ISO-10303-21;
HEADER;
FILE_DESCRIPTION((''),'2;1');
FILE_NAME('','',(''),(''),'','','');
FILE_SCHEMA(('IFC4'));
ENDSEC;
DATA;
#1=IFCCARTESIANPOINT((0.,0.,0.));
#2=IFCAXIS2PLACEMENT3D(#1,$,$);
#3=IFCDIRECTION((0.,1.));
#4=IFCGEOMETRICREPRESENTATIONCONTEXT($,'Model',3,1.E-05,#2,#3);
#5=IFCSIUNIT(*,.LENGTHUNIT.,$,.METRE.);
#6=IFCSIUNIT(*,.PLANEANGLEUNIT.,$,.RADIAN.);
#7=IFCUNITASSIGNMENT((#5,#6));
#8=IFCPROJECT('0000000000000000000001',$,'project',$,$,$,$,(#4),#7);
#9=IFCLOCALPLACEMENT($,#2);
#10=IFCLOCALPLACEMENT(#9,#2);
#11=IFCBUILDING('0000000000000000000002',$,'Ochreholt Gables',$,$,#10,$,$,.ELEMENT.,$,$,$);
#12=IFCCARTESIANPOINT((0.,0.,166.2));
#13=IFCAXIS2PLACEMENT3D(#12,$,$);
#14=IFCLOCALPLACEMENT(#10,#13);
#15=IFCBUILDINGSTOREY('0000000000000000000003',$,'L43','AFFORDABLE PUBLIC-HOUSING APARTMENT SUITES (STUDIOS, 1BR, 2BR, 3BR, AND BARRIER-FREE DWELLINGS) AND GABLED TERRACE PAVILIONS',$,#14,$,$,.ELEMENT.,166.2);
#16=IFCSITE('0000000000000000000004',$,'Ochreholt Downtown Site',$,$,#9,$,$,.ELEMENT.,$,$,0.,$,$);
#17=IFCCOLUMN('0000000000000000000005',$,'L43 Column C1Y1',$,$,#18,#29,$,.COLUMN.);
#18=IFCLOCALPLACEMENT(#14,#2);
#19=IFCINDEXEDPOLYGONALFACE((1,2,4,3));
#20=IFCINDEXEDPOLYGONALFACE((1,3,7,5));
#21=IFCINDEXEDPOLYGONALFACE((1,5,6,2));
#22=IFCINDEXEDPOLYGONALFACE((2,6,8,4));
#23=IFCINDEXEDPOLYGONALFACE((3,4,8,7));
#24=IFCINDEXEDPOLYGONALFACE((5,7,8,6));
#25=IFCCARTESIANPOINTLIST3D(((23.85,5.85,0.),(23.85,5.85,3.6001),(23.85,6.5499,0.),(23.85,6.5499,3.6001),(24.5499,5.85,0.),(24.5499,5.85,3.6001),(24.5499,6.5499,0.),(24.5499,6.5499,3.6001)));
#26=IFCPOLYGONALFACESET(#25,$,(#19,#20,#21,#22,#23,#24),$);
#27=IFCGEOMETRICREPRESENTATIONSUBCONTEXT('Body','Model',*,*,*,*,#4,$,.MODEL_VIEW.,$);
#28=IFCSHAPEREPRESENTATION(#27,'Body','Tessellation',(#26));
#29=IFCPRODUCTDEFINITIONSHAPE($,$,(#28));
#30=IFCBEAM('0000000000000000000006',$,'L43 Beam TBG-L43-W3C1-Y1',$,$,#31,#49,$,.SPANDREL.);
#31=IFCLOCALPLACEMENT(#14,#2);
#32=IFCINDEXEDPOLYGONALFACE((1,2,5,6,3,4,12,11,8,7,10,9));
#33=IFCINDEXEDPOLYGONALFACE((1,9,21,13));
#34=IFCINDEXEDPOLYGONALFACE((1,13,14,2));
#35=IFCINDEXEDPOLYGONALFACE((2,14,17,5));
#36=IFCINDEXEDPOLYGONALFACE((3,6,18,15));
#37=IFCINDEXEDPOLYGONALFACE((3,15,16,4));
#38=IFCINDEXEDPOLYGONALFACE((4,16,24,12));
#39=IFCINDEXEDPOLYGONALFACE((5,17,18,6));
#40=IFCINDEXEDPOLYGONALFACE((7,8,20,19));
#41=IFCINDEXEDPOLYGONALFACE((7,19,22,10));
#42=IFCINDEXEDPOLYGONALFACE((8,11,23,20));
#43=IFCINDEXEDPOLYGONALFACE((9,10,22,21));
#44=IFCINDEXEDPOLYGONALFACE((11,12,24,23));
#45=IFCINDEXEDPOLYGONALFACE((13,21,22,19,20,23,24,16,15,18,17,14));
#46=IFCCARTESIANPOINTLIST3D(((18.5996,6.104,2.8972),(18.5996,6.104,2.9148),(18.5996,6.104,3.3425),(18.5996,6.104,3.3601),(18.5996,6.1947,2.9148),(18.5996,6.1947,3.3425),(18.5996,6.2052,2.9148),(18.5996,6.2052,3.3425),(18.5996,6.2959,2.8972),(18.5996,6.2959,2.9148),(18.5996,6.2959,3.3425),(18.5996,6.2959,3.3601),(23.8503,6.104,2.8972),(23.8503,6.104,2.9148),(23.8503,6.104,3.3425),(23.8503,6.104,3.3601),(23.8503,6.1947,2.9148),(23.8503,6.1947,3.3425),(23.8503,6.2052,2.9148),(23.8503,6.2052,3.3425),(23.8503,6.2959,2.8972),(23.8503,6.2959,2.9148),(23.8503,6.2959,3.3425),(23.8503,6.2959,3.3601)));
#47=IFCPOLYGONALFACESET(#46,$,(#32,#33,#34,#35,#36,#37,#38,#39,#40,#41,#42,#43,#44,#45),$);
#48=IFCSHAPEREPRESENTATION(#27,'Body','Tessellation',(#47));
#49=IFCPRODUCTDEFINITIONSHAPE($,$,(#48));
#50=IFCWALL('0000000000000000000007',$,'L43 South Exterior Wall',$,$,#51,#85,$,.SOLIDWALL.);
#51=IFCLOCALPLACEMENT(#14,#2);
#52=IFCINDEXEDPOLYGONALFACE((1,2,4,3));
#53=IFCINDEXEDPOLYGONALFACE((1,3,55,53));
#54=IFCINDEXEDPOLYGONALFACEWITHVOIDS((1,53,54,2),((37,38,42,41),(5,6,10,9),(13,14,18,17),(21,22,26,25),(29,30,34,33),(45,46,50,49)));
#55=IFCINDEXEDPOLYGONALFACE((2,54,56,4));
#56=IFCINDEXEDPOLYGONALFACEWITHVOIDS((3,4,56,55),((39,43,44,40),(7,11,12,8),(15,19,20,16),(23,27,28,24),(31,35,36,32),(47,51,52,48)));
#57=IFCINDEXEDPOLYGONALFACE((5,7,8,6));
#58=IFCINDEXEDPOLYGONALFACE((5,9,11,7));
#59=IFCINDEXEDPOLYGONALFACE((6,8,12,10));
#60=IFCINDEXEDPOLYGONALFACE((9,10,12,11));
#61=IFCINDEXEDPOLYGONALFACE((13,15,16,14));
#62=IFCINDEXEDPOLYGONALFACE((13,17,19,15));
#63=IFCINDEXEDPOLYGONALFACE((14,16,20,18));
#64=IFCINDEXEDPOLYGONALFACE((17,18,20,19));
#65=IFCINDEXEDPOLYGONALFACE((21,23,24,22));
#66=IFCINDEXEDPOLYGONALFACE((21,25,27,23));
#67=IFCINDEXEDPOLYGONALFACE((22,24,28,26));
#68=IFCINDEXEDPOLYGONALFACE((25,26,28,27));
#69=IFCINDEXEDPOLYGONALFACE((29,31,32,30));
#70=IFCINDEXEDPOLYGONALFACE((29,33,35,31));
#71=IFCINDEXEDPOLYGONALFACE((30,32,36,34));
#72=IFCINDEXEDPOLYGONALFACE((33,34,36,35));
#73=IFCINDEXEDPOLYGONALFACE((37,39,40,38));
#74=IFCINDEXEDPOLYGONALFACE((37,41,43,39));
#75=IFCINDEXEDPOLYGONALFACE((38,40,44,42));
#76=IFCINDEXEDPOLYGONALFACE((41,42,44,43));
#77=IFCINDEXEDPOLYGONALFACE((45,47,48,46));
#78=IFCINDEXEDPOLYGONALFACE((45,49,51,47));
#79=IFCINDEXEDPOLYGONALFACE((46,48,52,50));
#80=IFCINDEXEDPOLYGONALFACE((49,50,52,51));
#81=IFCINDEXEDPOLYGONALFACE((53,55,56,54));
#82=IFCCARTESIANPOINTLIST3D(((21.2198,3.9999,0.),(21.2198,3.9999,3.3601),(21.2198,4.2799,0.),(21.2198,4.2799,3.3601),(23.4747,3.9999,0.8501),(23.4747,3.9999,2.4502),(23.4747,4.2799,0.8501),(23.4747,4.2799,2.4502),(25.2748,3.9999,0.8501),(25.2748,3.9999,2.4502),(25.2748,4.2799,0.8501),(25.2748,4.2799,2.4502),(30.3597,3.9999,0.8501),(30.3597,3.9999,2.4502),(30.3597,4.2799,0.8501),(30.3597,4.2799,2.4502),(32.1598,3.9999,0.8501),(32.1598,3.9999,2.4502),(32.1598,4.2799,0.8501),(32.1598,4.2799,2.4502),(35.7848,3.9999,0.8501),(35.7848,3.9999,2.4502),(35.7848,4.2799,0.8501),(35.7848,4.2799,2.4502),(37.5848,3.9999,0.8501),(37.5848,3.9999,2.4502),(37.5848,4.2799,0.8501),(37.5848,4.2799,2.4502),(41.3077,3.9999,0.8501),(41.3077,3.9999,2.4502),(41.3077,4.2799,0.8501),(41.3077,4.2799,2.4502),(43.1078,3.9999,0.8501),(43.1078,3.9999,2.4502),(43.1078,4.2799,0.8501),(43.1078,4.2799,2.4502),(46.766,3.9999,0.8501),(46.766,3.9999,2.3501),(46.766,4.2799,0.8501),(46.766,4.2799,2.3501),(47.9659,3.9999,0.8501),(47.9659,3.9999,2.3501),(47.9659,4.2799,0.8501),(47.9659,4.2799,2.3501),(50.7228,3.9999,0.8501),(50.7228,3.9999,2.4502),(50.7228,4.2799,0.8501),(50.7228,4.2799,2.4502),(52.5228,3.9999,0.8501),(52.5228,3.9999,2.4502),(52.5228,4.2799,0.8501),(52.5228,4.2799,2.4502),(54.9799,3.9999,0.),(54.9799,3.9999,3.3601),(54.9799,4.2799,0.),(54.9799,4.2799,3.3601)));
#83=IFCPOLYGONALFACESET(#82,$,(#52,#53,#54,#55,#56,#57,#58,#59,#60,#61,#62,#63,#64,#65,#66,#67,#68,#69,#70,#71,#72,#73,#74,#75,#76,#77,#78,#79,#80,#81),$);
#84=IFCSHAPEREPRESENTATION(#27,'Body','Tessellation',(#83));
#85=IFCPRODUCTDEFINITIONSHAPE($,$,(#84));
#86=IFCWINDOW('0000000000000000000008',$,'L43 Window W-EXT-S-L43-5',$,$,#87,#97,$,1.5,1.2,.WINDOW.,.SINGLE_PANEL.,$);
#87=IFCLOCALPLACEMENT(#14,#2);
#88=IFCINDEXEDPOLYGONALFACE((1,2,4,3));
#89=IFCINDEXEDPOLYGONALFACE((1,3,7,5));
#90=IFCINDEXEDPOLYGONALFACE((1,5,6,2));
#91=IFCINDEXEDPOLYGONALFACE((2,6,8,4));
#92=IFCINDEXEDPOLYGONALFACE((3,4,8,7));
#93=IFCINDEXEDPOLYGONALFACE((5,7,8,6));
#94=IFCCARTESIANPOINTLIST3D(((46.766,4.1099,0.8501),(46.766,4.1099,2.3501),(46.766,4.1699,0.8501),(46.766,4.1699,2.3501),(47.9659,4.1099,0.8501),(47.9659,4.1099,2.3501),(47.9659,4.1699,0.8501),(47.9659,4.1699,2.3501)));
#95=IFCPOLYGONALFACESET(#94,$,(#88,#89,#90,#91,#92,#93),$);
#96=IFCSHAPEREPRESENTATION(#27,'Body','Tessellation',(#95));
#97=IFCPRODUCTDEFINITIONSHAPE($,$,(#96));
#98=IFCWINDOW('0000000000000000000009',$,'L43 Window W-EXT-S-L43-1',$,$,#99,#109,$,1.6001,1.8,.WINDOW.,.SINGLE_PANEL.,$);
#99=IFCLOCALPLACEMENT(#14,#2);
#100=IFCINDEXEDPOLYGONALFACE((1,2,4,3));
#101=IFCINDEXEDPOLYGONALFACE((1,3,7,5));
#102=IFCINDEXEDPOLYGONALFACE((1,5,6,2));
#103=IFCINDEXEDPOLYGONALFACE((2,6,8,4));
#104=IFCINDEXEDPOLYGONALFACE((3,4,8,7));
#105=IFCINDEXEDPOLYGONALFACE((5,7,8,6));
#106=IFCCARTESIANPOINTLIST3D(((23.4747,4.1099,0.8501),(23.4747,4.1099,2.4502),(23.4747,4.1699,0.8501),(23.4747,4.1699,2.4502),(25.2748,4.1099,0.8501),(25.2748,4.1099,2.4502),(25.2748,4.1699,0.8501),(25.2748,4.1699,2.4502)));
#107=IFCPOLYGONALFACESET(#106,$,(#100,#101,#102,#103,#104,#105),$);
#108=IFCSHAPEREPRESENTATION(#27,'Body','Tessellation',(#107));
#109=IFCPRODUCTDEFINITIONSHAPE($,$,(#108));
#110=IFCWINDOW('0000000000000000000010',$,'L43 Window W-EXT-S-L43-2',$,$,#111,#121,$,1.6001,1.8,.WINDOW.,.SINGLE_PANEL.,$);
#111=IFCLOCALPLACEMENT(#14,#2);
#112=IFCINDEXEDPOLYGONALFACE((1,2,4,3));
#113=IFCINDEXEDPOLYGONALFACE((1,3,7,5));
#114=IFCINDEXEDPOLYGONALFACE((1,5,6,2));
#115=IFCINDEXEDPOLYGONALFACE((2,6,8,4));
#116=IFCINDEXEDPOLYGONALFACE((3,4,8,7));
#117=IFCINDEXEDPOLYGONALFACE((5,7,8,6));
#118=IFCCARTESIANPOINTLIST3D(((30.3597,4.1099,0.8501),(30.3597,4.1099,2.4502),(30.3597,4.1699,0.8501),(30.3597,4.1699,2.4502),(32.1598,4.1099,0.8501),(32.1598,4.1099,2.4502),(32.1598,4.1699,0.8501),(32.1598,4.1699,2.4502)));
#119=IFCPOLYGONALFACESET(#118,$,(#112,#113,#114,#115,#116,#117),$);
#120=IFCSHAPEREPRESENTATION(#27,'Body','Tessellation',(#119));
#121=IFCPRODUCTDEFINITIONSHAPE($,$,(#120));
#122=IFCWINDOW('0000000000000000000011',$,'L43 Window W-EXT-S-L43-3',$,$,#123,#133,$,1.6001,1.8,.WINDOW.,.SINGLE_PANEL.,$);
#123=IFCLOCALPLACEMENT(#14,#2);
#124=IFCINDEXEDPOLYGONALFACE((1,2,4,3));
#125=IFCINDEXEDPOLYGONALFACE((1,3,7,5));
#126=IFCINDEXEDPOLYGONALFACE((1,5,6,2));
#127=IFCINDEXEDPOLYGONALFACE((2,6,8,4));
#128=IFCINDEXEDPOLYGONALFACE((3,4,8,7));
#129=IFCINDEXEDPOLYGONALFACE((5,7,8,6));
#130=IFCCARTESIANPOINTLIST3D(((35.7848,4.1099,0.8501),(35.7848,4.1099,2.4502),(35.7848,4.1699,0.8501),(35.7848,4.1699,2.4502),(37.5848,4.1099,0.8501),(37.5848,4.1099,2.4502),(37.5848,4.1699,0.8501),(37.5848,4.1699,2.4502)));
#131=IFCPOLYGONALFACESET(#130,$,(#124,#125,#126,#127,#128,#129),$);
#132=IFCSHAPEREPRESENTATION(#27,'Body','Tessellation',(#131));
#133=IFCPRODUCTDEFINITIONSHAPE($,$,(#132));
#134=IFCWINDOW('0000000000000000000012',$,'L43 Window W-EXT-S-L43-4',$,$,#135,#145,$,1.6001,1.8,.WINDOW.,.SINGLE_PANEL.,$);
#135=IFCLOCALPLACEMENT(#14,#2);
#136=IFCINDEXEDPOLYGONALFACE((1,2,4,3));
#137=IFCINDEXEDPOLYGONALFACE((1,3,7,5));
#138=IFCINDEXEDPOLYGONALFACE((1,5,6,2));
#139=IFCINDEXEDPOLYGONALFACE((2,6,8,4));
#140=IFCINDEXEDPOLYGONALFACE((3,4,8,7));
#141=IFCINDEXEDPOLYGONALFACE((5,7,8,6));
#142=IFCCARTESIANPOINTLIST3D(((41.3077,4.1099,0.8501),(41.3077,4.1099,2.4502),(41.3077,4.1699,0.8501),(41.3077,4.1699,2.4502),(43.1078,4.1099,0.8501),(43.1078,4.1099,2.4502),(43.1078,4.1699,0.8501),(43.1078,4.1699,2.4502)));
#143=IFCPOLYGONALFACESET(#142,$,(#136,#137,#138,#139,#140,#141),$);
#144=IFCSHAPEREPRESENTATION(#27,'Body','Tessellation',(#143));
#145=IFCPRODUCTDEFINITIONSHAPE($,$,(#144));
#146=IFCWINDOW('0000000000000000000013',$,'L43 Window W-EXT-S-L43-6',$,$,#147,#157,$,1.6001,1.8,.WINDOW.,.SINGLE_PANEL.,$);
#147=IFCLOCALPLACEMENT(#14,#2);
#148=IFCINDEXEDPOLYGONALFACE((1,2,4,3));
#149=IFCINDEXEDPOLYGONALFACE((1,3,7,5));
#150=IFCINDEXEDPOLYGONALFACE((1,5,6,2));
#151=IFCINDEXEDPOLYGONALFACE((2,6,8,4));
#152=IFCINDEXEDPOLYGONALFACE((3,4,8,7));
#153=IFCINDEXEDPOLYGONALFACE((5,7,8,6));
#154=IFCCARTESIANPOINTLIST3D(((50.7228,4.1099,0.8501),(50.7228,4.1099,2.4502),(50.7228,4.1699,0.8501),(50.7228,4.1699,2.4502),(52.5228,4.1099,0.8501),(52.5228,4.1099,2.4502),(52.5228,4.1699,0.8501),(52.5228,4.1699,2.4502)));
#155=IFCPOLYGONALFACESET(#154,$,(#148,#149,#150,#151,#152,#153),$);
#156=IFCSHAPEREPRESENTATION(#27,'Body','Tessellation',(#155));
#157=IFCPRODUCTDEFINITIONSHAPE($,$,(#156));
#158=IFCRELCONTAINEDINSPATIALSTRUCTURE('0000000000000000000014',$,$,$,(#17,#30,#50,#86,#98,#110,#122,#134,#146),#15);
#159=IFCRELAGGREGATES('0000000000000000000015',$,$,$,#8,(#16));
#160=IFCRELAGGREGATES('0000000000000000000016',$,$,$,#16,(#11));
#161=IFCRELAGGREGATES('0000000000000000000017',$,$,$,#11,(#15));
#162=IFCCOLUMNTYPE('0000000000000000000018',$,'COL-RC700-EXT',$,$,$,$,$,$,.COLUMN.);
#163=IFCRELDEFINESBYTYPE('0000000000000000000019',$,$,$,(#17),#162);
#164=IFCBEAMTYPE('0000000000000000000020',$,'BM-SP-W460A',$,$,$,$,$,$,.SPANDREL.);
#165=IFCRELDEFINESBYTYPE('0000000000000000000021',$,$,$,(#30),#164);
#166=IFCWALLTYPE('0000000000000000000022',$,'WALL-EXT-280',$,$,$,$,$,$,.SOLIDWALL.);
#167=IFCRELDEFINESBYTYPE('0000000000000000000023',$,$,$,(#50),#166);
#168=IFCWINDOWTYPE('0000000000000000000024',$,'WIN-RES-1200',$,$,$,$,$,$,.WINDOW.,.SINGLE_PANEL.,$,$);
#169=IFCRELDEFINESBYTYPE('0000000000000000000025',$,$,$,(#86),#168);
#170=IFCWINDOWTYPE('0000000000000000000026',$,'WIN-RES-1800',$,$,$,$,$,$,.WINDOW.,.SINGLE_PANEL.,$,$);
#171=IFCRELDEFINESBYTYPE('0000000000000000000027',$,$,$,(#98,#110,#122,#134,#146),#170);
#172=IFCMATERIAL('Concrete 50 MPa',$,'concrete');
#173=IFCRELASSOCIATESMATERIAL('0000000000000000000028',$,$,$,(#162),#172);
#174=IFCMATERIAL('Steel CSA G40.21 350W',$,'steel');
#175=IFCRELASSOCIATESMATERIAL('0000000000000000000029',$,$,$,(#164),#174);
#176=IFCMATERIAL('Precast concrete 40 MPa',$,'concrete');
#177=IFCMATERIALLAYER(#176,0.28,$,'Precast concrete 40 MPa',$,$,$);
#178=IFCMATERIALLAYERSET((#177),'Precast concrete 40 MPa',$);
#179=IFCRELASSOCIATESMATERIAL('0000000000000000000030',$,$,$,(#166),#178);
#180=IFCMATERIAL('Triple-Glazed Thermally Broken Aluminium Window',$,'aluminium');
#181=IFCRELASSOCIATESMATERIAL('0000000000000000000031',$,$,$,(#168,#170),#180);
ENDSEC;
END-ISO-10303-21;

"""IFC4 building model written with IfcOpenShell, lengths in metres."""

from ifc_helpers import new_model, si_unit, direction, frame, frame_2d, origin, origin_2d, place, context, subcontext, project, spatial, rectangle, i_section, extrude, material, layer, layer_set, material_profile, profile_set, type_object, element, fill, save


model = new_model("IFC4")

# Units and contexts
model_context = context("Model", 3, precision=1e-05, world=origin(), true_north=direction((0.0, 1.0)))
body_context = subcontext(model_context, "Body", "Model", "MODEL_VIEW")
ifc_project = project(units=[si_unit("LENGTHUNIT", "METRE"), si_unit("PLANEANGLEUNIT", "RADIAN")], contexts=[model_context])

# Site, building, storey
site_placement = place(None, origin())
site = spatial("IfcSite", under=ifc_project, at=site_placement, Name="Ochreholt Downtown Site", CompositionType="ELEMENT", RefElevation=0.0)
building_placement = place(site_placement, origin())
building = spatial("IfcBuilding", under=site, at=building_placement, Name="Ochreholt Gables", CompositionType="ELEMENT")
storey_placement = place(building_placement, frame((0.0, 0.0, 166.2)))
storey = spatial("IfcBuildingStorey", under=building, at=storey_placement, Name="L43", Description="AFFORDABLE PUBLIC-HOUSING APARTMENT SUITES (STUDIOS, 1BR, 2BR, 3BR, AND BARRIER-FREE DWELLINGS) AND GABLED TERRACE PAVILIONS", CompositionType="ELEMENT", Elevation=166.2)

# Column
ifc_material_1 = material(Name="Concrete 50 MPa", Category="concrete")
ifc_material_profile_1 = material_profile(ifc_material_1, rectangle(XDim=0.7, YDim=0.7, at=origin_2d()), Name="RC700X700")
ifc_profile_set_1 = profile_set([ifc_material_profile_1], Name="Concrete 50 MPa")
column_type = type_object("IfcColumnType", Name="COL-RC700-EXT", PredefinedType="COLUMN", material=ifc_profile_set_1)
column_placement = place(storey_placement, frame((24.2, 6.2, 0.0), z_axis=(0.0, 0.0, 1.0), x_axis=(1.0, 0.0, 0.0)))
element("IfcColumn", 1, at=column_placement, inside=storey, type_object=column_type, Name="L43 Column C1Y1", PredefinedType="COLUMN", context=body_context, shape_type="SweptSolid", body=[
    extrude(rectangle(XDim=0.7, YDim=0.7, at=origin_2d()), origin(), (0.0, 0.0, 1.0), 3.6001),
])

# Beam
ifc_material_2 = material(Name="Steel CSA G40.21 350W", Category="steel")
ifc_material_profile_2 = material_profile(ifc_material_2, i_section(OverallWidth=0.1919, OverallDepth=0.4629, WebThickness=0.0105, FlangeThickness=0.0176, at=origin_2d()), Name="W460X89")
ifc_profile_set_2 = profile_set([ifc_material_profile_2], Name="Steel CSA G40.21 350W")
beam_type = type_object("IfcBeamType", Name="BM-SP-W460A", PredefinedType="SPANDREL", material=ifc_profile_set_2)
beam_placement = place(storey_placement, frame((18.5996, 6.2, 3.1287), z_axis=(1.0, 0.0, 0.0), x_axis=(0.0, 1.0, 0.0)))
element("IfcBeam", 2, at=beam_placement, inside=storey, type_object=beam_type, Name="L43 Beam TBG-L43-W3C1-Y1", PredefinedType="SPANDREL", context=body_context, shape_type="SweptSolid", body=[
    extrude(i_section(OverallWidth=0.1919, OverallDepth=0.4629, WebThickness=0.0105, FlangeThickness=0.0176, at=origin_2d()), origin(), (0.0, 0.0, 1.0), 5.2507),
])

# Wall, openings, windows
ifc_material_3 = material(Name="Precast concrete 40 MPa", Category="concrete")
ifc_layer_1 = layer(ifc_material_3, 0.28, Name="Precast concrete 40 MPa")
ifc_layer_set_1 = layer_set([ifc_layer_1], Name="Precast concrete 40 MPa")
wall_type_1 = type_object("IfcWallType", Name="WALL-EXT-280", PredefinedType="SOLIDWALL", material=ifc_layer_set_1)
wall_1_placement = place(storey_placement, frame((21.22, 4.1399, 0.0), z_axis=(0.0, 0.0, 1.0), x_axis=(1.0, 0.0, 0.0)))
wall_1 = element("IfcWall", 3, at=wall_1_placement, inside=storey, type_object=wall_type_1, Name="L43 South Exterior Wall", PredefinedType="SOLIDWALL", context=body_context, shape_type="SweptSolid", body=[
    extrude(rectangle(XDim=33.76, YDim=0.28, at=frame_2d((16.8799, 0.0))), origin(), (0.0, 0.0, 1.0), 3.3601),
])
opening_1_placement = place(wall_1_placement, frame((2.2549, 0.0, 0.8501)))
opening_1 = element("IfcOpeningElement", 4, at=opening_1_placement, cuts=wall_1, PredefinedType="OPENING", context=body_context, shape_type="SweptSolid", body=[
    extrude(rectangle(XDim=1.8, YDim=1.6001, at=frame_2d((0.8999, 0.8))), frame((0.0, 0.1499, 0.0), z_axis=(0.0, -1.0, 0.0), x_axis=(1.0, 0.0, 0.0)), (0.0, 0.0, 1.0), 0.3),
])
opening_2_placement = place(wall_1_placement, frame((9.1399, 0.0, 0.8501)))
opening_2 = element("IfcOpeningElement", 5, at=opening_2_placement, cuts=wall_1, PredefinedType="OPENING", context=body_context, shape_type="SweptSolid", body=[
    extrude(rectangle(XDim=1.8, YDim=1.6001, at=frame_2d((0.8999, 0.8))), frame((0.0, 0.1499, 0.0), z_axis=(0.0, -1.0, 0.0), x_axis=(1.0, 0.0, 0.0)), (0.0, 0.0, 1.0), 0.3),
])
opening_3_placement = place(wall_1_placement, frame((14.5649, 0.0, 0.8501)))
opening_3 = element("IfcOpeningElement", 6, at=opening_3_placement, cuts=wall_1, PredefinedType="OPENING", context=body_context, shape_type="SweptSolid", body=[
    extrude(rectangle(XDim=1.8, YDim=1.6001, at=frame_2d((0.8999, 0.8))), frame((0.0, 0.1499, 0.0), z_axis=(0.0, -1.0, 0.0), x_axis=(1.0, 0.0, 0.0)), (0.0, 0.0, 1.0), 0.3),
])
opening_4_placement = place(wall_1_placement, frame((20.0879, 0.0, 0.8501)))
opening_4 = element("IfcOpeningElement", 7, at=opening_4_placement, cuts=wall_1, PredefinedType="OPENING", context=body_context, shape_type="SweptSolid", body=[
    extrude(rectangle(XDim=1.8, YDim=1.6001, at=frame_2d((0.8999, 0.8))), frame((0.0, 0.1499, 0.0), z_axis=(0.0, -1.0, 0.0), x_axis=(1.0, 0.0, 0.0)), (0.0, 0.0, 1.0), 0.3),
])
opening_5_placement = place(wall_1_placement, frame((25.5459, 0.0, 0.8501)))
opening_5 = element("IfcOpeningElement", 8, at=opening_5_placement, cuts=wall_1, PredefinedType="OPENING", context=body_context, shape_type="SweptSolid", body=[
    extrude(rectangle(XDim=1.2, YDim=1.5, at=frame_2d((0.6001, 0.75))), frame((0.0, 0.1499, 0.0), z_axis=(0.0, -1.0, 0.0), x_axis=(1.0, 0.0, 0.0)), (0.0, 0.0, 1.0), 0.3),
])
opening_6_placement = place(wall_1_placement, frame((29.5029, 0.0, 0.8501)))
opening_6 = element("IfcOpeningElement", 9, at=opening_6_placement, cuts=wall_1, PredefinedType="OPENING", context=body_context, shape_type="SweptSolid", body=[
    extrude(rectangle(XDim=1.8, YDim=1.6001, at=frame_2d((0.8999, 0.8))), frame((0.0, 0.1499, 0.0), z_axis=(0.0, -1.0, 0.0), x_axis=(1.0, 0.0, 0.0)), (0.0, 0.0, 1.0), 0.3),
])
ifc_material_4 = material(Name="Triple-Glazed Thermally Broken Aluminium Window", Category="aluminium")
window_type_1 = type_object("IfcWindowType", Name="WIN-RES-1200", PartitioningType="SINGLE_PANEL", PredefinedType="WINDOW", material=ifc_material_4)
window_1_placement = place(opening_5_placement, origin())
window_1 = element("IfcWindow", 10, at=window_1_placement, inside=storey, type_object=window_type_1, Name="L43 Window W-EXT-S-L43-5", OverallHeight=1.5, OverallWidth=1.2, PartitioningType="SINGLE_PANEL", PredefinedType="WINDOW", context=body_context, shape_type="SweptSolid", body=[
    extrude(rectangle(XDim=1.2, YDim=1.5, at=frame_2d((0.6001, 0.75))), frame((0.0, 0.03, 0.0), z_axis=(0.0, -1.0, 0.0), x_axis=(1.0, 0.0, 0.0)), (0.0, 0.0, 1.0), 0.0601),
])
fill(opening_5, window_1)
window_type_2 = type_object("IfcWindowType", Name="WIN-RES-1800", PartitioningType="SINGLE_PANEL", PredefinedType="WINDOW", material=ifc_material_4)
window_2_placement = place(opening_1_placement, origin())
window_2 = element("IfcWindow", 11, at=window_2_placement, inside=storey, type_object=window_type_2, Name="L43 Window W-EXT-S-L43-1", OverallHeight=1.6001, OverallWidth=1.8, PartitioningType="SINGLE_PANEL", PredefinedType="WINDOW", context=body_context, shape_type="SweptSolid", body=[
    extrude(rectangle(XDim=1.8, YDim=1.6001, at=frame_2d((0.8999, 0.8))), frame((0.0, 0.03, 0.0), z_axis=(0.0, -1.0, 0.0), x_axis=(1.0, 0.0, 0.0)), (0.0, 0.0, 1.0), 0.0601),
])
fill(opening_1, window_2)
window_3_placement = place(opening_2_placement, origin())
window_3 = element("IfcWindow", 12, at=window_3_placement, inside=storey, type_object=window_type_2, Name="L43 Window W-EXT-S-L43-2", OverallHeight=1.6001, OverallWidth=1.8, PartitioningType="SINGLE_PANEL", PredefinedType="WINDOW", context=body_context, shape_type="SweptSolid", body=[
    extrude(rectangle(XDim=1.8, YDim=1.6001, at=frame_2d((0.8999, 0.8))), frame((0.0, 0.03, 0.0), z_axis=(0.0, -1.0, 0.0), x_axis=(1.0, 0.0, 0.0)), (0.0, 0.0, 1.0), 0.0601),
])
fill(opening_2, window_3)
window_4_placement = place(opening_3_placement, origin())
window_4 = element("IfcWindow", 13, at=window_4_placement, inside=storey, type_object=window_type_2, Name="L43 Window W-EXT-S-L43-3", OverallHeight=1.6001, OverallWidth=1.8, PartitioningType="SINGLE_PANEL", PredefinedType="WINDOW", context=body_context, shape_type="SweptSolid", body=[
    extrude(rectangle(XDim=1.8, YDim=1.6001, at=frame_2d((0.8999, 0.8))), frame((0.0, 0.03, 0.0), z_axis=(0.0, -1.0, 0.0), x_axis=(1.0, 0.0, 0.0)), (0.0, 0.0, 1.0), 0.0601),
])
fill(opening_3, window_4)
window_5_placement = place(opening_4_placement, origin())
window_5 = element("IfcWindow", 14, at=window_5_placement, inside=storey, type_object=window_type_2, Name="L43 Window W-EXT-S-L43-4", OverallHeight=1.6001, OverallWidth=1.8, PartitioningType="SINGLE_PANEL", PredefinedType="WINDOW", context=body_context, shape_type="SweptSolid", body=[
    extrude(rectangle(XDim=1.8, YDim=1.6001, at=frame_2d((0.8999, 0.8))), frame((0.0, 0.03, 0.0), z_axis=(0.0, -1.0, 0.0), x_axis=(1.0, 0.0, 0.0)), (0.0, 0.0, 1.0), 0.0601),
])
fill(opening_4, window_5)
window_6_placement = place(opening_6_placement, origin())
window_6 = element("IfcWindow", 15, at=window_6_placement, inside=storey, type_object=window_type_2, Name="L43 Window W-EXT-S-L43-6", OverallHeight=1.6001, OverallWidth=1.8, PartitioningType="SINGLE_PANEL", PredefinedType="WINDOW", context=body_context, shape_type="SweptSolid", body=[
    extrude(rectangle(XDim=1.8, YDim=1.6001, at=frame_2d((0.8999, 0.8))), frame((0.0, 0.03, 0.0), z_axis=(0.0, -1.0, 0.0), x_axis=(1.0, 0.0, 0.0)), (0.0, 0.0, 1.0), 0.0601),
])
fill(opening_6, window_6)

save(model, "model.ifc")
